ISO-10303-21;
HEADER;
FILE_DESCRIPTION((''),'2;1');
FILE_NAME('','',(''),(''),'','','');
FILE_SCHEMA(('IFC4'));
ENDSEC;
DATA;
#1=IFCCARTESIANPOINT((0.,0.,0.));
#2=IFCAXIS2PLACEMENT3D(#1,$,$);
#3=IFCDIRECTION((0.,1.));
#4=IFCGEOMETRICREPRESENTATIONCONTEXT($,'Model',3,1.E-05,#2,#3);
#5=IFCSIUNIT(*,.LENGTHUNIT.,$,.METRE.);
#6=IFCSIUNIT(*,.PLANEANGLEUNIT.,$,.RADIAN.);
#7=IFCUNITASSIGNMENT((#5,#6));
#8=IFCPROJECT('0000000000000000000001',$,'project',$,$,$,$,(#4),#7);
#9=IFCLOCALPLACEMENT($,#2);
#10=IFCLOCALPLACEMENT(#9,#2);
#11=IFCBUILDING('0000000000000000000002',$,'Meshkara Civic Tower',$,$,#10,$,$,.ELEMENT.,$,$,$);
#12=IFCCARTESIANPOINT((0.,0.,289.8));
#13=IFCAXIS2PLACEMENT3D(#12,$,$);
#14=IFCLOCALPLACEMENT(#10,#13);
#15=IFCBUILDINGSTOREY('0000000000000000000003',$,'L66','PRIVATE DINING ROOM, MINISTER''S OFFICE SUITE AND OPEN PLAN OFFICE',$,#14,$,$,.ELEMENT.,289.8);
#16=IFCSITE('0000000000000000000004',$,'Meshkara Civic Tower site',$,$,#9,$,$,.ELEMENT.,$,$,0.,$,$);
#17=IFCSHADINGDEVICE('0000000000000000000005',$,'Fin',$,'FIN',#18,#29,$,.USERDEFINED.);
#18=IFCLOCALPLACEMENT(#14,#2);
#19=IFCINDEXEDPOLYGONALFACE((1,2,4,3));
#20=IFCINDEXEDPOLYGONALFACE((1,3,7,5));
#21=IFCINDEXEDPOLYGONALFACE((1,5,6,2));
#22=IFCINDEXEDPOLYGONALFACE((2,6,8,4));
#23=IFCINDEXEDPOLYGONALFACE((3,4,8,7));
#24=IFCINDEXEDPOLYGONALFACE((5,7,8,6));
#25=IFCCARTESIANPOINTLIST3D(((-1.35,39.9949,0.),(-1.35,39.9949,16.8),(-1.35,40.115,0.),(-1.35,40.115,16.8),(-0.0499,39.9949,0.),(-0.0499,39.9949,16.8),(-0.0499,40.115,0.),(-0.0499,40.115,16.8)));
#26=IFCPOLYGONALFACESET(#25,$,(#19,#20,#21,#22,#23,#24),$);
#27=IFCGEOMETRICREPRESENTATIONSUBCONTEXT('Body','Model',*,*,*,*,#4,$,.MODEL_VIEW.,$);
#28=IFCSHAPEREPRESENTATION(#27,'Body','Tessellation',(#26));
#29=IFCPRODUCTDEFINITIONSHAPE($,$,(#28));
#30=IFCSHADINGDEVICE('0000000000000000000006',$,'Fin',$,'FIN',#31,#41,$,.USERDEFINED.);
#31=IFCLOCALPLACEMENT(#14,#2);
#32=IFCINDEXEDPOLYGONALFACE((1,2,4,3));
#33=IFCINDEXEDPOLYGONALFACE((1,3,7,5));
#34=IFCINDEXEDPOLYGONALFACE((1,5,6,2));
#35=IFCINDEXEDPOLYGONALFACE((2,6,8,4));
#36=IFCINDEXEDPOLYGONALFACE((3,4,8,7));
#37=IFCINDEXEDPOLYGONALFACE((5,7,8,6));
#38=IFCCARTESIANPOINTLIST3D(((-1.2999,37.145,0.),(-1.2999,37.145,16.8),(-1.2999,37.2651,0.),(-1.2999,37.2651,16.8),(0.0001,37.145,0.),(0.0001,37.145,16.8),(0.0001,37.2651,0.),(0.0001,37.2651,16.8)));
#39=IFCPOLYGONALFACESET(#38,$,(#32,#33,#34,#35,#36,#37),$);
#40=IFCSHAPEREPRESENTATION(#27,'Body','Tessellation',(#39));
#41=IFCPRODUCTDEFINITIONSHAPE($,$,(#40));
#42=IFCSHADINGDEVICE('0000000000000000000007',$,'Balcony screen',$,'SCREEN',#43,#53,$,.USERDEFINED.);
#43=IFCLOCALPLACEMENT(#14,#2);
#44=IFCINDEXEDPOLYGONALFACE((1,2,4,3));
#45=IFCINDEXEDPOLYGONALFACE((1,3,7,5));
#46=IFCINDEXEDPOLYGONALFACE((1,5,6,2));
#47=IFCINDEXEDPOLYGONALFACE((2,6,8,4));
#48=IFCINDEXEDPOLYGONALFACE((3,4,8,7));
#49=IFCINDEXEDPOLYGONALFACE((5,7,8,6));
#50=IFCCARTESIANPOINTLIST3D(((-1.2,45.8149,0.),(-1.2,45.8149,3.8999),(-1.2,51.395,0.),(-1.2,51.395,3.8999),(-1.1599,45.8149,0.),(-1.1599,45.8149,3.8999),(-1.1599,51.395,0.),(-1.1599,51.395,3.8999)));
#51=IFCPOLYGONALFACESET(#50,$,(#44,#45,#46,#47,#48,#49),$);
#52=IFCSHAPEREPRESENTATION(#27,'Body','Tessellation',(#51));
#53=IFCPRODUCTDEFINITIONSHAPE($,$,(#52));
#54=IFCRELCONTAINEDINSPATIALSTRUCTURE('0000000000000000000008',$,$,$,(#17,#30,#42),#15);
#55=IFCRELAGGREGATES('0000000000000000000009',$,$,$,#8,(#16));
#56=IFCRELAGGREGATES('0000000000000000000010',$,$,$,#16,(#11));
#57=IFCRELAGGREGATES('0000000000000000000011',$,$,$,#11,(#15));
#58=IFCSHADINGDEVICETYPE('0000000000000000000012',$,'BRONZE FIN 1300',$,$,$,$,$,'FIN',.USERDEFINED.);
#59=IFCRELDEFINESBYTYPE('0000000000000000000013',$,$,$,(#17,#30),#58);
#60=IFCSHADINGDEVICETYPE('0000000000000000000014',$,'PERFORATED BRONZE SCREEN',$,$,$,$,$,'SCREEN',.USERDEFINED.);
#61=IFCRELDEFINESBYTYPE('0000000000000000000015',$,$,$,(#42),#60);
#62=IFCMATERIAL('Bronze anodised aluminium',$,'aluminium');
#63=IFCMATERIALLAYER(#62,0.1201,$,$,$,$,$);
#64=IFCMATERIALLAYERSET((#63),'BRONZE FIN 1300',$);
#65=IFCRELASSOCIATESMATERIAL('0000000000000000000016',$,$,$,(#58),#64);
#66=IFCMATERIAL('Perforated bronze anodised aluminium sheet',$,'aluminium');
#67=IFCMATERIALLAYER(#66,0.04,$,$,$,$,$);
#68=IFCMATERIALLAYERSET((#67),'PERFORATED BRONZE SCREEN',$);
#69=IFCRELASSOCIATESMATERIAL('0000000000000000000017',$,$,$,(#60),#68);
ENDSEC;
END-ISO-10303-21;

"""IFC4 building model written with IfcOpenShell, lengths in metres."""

from ifc_helpers import new_model, si_unit, direction, frame, origin, origin_2d, place, context, subcontext, project, spatial, rectangle, extrude, material, layer, layer_set, type_object, element, save


model = new_model("IFC4")

# Units and contexts
model_context = context("Model", 3, precision=1e-05, world=origin(), true_north=direction((0.0, 1.0)))
body_context = subcontext(model_context, "Body", "Model", "MODEL_VIEW")
ifc_project = project(units=[si_unit("LENGTHUNIT", "METRE"), si_unit("PLANEANGLEUNIT", "RADIAN")], contexts=[model_context])

# Site, building, storey
site_placement = place(None, origin())
site = spatial("IfcSite", under=ifc_project, at=site_placement, Name="Meshkara Civic Tower site", CompositionType="ELEMENT", RefElevation=0.0)
building_placement = place(site_placement, origin())
building = spatial("IfcBuilding", under=site, at=building_placement, Name="Meshkara Civic Tower", CompositionType="ELEMENT")
storey_placement = place(building_placement, frame((0.0, 0.0, 289.8)))
storey = spatial("IfcBuildingStorey", under=building, at=storey_placement, Name="L66", Description="PRIVATE DINING ROOM, MINISTER'S OFFICE SUITE AND OPEN PLAN OFFICE", CompositionType="ELEMENT", Elevation=289.8)

# Shading devices
ifc_material_1 = material(Name="Bronze anodised aluminium", Category="aluminium")
ifc_layer_1 = layer(ifc_material_1, 0.1201)
ifc_layer_set_1 = layer_set([ifc_layer_1], Name="BRONZE FIN 1300")
shading_device_type_1 = type_object("IfcShadingDeviceType", Name="BRONZE FIN 1300", ElementType="FIN", PredefinedType="USERDEFINED", material=ifc_layer_set_1)
for number, where, z_axis, x_axis, name in (
    (1, (-0.7, 40.0549, 0.0), (0.0, 0.0, 1.0), (0.0, -1.0, 0.0), "Fin"),
    (2, (-0.6499, 37.2051, 0.0), (0.0, 0.0, 1.0), (0.0, -1.0, 0.0), "Fin"),
):
    element("IfcShadingDevice", number, at=place(storey_placement, frame(where, z_axis=z_axis, x_axis=x_axis)), inside=storey, type_object=shading_device_type_1, Name=name, ObjectType="FIN", PredefinedType="USERDEFINED", context=body_context, shape_type="SweptSolid", body=[
        extrude(rectangle(XDim=0.1201, YDim=1.3, at=origin_2d()), origin(), (0.0, 0.0, 1.0), 16.8),
    ])
ifc_material_2 = material(Name="Perforated bronze anodised aluminium sheet", Category="aluminium")
ifc_layer_2 = layer(ifc_material_2, 0.04)
ifc_layer_set_2 = layer_set([ifc_layer_2], Name="PERFORATED BRONZE SCREEN")
shading_device_type_2 = type_object("IfcShadingDeviceType", Name="PERFORATED BRONZE SCREEN", ElementType="SCREEN", PredefinedType="USERDEFINED", material=ifc_layer_set_2)
shading_device_placement = place(storey_placement, frame((-1.1799, 48.605, 0.0), z_axis=(0.0, 0.0, 1.0), x_axis=(0.0, -1.0, 0.0)))
element("IfcShadingDevice", 3, at=shading_device_placement, inside=storey, type_object=shading_device_type_2, Name="Balcony screen", ObjectType="SCREEN", PredefinedType="USERDEFINED", context=body_context, shape_type="SweptSolid", body=[
    extrude(rectangle(XDim=5.5801, YDim=0.04, at=origin_2d()), origin(), (0.0, 0.0, 1.0), 3.8999),
])

save(model, "model.ifc")
